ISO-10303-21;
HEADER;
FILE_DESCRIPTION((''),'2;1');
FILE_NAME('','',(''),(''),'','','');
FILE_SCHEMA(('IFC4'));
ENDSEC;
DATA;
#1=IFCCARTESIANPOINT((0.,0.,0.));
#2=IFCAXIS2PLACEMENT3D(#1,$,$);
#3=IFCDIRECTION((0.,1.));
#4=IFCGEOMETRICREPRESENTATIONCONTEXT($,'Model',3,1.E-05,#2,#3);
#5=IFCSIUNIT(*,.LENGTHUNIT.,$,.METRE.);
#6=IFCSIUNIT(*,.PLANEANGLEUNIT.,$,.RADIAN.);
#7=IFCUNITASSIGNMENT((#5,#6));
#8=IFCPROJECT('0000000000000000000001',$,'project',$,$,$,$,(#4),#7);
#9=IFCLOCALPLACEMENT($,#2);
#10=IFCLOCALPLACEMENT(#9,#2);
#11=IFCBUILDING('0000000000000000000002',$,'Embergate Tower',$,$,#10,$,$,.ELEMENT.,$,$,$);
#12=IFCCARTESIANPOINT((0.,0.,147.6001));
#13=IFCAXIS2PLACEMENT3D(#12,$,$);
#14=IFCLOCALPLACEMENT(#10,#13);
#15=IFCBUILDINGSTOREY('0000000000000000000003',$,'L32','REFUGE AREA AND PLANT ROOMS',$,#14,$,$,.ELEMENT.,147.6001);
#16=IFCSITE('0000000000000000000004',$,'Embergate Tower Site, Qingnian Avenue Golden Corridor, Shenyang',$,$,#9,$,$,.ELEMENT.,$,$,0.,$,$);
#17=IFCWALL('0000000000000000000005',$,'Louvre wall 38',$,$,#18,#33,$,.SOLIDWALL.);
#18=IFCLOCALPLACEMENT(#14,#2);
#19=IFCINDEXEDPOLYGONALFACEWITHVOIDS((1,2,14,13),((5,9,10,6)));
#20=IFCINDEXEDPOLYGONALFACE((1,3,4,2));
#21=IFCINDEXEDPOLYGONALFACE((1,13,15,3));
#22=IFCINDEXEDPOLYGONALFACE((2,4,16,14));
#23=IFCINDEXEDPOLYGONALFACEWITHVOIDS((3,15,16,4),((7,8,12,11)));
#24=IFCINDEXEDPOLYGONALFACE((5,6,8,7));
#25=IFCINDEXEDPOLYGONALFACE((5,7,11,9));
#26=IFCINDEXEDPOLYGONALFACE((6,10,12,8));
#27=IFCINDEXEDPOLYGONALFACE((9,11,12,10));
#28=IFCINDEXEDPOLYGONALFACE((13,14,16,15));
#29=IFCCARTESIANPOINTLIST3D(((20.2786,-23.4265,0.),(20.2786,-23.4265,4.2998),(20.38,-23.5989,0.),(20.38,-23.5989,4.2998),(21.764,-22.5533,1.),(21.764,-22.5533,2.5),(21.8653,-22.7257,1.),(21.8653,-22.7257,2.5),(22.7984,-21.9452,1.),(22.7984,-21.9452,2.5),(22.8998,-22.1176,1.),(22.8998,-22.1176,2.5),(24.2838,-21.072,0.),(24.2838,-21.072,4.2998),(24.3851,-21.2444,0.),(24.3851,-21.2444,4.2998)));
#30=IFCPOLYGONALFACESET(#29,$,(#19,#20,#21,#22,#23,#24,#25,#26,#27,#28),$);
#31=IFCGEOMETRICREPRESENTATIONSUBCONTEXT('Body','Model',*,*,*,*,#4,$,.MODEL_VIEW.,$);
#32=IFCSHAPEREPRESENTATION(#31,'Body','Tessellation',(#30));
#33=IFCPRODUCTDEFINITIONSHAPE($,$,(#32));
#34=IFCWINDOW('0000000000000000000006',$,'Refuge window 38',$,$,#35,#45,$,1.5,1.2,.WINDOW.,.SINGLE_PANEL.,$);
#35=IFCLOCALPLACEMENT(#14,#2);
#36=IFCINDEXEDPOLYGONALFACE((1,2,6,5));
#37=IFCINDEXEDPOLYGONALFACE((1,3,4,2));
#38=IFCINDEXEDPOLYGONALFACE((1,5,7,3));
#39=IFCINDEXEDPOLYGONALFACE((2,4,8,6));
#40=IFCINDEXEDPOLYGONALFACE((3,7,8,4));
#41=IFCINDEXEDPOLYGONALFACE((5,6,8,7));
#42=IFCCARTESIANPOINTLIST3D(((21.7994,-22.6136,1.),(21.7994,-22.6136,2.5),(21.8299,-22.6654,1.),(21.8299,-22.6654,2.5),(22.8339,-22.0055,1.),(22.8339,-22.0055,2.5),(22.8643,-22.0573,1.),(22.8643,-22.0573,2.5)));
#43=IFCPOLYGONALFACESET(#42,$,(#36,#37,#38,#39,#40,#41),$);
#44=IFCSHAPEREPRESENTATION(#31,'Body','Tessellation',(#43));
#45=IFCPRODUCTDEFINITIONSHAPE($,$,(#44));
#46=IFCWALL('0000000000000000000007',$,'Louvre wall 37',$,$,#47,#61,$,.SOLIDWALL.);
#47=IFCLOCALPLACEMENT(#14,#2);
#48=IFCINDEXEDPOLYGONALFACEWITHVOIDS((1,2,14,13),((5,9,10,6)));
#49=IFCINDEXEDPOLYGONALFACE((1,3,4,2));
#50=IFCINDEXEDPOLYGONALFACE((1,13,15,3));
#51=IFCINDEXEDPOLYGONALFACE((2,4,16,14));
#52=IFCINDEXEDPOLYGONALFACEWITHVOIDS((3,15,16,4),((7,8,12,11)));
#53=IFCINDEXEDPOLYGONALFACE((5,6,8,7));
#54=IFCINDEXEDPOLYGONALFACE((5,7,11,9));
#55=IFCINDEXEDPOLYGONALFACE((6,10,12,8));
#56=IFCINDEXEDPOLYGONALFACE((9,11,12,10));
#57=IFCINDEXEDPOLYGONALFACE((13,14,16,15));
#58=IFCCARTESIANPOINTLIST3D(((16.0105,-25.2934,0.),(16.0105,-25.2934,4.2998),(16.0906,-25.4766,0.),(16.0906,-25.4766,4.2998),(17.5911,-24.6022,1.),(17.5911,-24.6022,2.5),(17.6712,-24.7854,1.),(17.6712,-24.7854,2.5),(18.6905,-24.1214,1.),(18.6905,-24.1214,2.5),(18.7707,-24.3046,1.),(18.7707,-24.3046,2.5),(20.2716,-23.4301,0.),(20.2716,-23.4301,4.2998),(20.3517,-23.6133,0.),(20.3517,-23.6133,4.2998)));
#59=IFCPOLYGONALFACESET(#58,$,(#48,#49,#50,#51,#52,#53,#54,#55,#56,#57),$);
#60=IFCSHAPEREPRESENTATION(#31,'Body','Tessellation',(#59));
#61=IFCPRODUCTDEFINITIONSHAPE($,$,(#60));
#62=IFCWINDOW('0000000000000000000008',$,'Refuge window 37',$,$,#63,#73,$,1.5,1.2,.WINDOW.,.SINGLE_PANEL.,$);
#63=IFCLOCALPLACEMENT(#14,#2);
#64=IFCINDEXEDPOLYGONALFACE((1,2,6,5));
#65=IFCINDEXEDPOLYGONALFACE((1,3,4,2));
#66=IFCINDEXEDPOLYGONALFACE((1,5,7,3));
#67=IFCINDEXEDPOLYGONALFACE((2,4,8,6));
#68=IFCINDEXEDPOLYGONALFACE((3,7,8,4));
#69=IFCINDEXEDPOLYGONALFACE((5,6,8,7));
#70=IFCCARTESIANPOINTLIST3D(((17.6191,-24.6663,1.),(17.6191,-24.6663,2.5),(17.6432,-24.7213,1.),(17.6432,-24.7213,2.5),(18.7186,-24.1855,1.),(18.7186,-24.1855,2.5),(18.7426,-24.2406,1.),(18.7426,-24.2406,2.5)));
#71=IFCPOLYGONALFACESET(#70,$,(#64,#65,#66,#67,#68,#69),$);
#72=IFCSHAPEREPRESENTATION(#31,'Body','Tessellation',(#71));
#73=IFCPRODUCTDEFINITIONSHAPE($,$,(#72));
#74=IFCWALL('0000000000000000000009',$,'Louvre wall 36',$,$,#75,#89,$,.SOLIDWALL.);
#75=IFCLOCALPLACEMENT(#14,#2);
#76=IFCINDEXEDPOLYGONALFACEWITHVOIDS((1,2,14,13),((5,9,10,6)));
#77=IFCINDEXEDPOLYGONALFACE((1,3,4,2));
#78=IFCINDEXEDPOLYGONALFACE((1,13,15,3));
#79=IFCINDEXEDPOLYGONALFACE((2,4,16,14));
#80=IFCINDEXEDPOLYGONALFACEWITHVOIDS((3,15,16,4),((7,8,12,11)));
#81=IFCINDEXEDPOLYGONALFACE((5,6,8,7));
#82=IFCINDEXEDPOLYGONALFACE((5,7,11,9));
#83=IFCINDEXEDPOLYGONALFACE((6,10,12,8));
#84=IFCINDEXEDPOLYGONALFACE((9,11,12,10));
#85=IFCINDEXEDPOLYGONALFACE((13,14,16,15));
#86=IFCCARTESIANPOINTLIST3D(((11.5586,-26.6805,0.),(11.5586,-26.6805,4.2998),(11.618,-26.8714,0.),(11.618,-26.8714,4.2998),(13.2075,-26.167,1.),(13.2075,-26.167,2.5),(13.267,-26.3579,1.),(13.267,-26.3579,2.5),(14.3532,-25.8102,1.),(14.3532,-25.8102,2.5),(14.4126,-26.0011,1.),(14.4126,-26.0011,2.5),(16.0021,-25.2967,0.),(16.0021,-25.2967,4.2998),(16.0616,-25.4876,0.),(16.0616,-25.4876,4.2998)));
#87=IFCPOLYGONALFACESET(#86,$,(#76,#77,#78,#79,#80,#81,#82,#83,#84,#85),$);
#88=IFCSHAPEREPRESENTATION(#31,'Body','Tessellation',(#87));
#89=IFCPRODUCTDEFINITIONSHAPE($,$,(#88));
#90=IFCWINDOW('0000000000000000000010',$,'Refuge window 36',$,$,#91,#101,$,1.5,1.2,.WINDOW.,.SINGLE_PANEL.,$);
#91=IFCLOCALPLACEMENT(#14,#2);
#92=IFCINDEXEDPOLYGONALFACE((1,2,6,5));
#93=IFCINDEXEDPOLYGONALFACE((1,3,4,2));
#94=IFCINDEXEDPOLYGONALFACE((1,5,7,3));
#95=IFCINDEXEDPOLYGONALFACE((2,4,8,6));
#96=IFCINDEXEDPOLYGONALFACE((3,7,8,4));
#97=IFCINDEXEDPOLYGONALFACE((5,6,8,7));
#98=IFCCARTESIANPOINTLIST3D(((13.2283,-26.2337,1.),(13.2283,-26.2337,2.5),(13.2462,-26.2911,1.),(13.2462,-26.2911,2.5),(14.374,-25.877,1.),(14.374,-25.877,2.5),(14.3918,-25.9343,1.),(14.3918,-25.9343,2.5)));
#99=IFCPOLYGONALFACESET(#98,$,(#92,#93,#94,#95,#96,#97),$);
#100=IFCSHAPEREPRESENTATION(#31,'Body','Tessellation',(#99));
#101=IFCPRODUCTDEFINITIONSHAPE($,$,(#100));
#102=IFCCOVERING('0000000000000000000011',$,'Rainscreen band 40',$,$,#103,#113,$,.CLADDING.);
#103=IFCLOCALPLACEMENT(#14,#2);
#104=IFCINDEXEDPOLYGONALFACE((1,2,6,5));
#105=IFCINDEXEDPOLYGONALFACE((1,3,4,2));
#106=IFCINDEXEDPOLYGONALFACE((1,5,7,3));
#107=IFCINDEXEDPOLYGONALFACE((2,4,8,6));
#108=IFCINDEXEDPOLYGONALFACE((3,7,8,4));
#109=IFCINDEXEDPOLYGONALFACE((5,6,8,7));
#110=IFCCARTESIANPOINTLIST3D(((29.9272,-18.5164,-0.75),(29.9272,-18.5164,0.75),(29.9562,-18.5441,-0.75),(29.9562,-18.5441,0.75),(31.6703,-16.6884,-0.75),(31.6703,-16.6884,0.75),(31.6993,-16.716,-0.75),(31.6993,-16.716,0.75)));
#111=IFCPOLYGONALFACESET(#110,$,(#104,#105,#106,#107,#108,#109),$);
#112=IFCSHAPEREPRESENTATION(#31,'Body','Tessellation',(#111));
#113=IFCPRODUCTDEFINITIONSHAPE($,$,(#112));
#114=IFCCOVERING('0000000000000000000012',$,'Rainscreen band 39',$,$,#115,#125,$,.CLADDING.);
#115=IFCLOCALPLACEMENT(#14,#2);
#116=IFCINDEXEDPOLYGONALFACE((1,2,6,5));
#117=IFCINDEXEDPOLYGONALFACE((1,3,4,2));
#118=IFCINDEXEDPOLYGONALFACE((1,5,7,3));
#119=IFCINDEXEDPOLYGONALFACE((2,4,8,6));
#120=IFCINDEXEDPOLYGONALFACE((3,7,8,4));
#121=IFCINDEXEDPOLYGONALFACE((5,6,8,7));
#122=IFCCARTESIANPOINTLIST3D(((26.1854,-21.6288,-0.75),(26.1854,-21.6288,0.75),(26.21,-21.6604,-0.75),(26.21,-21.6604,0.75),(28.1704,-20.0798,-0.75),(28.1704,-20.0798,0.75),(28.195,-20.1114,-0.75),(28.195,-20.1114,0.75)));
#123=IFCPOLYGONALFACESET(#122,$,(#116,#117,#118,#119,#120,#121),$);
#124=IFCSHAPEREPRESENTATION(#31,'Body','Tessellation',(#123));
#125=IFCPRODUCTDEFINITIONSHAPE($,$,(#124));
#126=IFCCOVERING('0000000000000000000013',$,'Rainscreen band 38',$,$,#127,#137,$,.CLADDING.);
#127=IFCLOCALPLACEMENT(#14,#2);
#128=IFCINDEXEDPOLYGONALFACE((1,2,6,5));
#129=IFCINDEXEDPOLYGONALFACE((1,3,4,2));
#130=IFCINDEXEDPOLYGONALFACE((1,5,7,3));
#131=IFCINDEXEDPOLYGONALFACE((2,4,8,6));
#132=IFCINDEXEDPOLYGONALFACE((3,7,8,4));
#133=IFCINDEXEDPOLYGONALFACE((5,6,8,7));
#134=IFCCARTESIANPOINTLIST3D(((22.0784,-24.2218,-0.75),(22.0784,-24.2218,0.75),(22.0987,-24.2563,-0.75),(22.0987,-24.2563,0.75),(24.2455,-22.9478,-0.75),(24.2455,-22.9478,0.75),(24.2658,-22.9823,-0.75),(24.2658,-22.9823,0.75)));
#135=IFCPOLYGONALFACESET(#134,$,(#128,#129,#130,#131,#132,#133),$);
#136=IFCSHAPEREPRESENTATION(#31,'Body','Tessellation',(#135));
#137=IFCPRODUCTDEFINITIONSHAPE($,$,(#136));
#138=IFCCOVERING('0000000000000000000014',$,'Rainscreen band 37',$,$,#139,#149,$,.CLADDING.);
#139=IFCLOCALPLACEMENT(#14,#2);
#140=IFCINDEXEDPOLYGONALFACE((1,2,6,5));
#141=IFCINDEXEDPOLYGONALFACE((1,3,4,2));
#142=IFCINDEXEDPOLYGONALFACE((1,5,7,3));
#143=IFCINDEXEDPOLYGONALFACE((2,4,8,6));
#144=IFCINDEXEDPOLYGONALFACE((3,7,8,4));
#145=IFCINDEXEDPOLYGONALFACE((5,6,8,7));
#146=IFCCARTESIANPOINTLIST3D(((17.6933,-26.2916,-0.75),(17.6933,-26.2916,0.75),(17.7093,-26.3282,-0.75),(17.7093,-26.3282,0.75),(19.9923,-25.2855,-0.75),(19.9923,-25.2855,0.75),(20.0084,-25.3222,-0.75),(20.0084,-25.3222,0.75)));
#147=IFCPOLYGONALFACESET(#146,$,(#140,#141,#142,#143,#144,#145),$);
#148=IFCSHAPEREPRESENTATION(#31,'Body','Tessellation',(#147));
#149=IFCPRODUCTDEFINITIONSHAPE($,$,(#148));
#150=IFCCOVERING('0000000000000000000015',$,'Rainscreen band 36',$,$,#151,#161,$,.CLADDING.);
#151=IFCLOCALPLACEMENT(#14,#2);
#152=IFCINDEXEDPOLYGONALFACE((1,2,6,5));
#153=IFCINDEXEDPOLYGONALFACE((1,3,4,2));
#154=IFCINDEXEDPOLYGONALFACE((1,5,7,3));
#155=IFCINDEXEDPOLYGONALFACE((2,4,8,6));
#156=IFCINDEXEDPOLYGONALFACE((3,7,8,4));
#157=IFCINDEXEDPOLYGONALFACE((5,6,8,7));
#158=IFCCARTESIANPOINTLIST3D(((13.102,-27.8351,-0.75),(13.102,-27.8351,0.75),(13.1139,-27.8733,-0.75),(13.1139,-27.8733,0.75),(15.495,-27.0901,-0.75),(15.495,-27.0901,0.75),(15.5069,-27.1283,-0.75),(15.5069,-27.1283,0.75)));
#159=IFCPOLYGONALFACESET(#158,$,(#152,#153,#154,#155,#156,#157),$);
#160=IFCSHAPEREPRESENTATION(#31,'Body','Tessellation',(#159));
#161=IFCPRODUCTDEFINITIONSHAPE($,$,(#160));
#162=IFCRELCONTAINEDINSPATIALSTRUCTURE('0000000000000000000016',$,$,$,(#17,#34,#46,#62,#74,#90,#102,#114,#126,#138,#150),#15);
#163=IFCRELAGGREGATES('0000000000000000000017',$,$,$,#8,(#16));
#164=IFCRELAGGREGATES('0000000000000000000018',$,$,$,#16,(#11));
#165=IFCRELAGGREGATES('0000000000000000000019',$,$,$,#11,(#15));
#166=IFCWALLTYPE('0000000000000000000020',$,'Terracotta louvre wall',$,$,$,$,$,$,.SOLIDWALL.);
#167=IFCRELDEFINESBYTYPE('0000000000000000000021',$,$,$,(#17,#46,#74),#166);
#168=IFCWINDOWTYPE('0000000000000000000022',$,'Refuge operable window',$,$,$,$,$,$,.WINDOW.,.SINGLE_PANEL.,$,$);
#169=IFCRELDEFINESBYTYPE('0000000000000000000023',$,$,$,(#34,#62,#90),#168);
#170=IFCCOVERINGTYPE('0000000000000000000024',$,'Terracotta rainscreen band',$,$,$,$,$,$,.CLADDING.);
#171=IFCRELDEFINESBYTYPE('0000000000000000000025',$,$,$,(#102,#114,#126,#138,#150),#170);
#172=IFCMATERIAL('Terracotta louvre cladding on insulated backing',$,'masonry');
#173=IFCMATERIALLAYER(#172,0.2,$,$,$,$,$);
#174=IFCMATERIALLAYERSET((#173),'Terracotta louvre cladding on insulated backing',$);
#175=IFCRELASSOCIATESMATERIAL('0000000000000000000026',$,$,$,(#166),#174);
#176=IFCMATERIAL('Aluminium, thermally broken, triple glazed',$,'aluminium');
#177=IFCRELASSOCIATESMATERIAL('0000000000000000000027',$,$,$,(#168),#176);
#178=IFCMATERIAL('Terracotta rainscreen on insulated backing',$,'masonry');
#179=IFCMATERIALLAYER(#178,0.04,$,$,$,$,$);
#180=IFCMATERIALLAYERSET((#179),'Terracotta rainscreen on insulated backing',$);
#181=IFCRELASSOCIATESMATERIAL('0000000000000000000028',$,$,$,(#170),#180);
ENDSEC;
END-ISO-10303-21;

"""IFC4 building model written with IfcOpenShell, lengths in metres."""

from ifc_helpers import new_model, si_unit, direction, frame, frame_2d, origin, origin_2d, place, context, subcontext, project, spatial, rectangle, extrude, source, transform, mapped, material, layer, layer_set, type_object, element, fill, save


model = new_model("IFC4")

# Units and contexts
model_context = context("Model", 3, precision=1e-05, world=origin(), true_north=direction((0.0, 1.0)))
body_context = subcontext(model_context, "Body", "Model", "MODEL_VIEW")
ifc_project = project(units=[si_unit("LENGTHUNIT", "METRE"), si_unit("PLANEANGLEUNIT", "RADIAN")], contexts=[model_context])

# Site, building, storey
site_placement = place(None, origin())
site = spatial("IfcSite", under=ifc_project, at=site_placement, Name="Embergate Tower Site, Qingnian Avenue Golden Corridor, Shenyang", CompositionType="ELEMENT", RefElevation=0.0)
building_placement = place(site_placement, origin())
building = spatial("IfcBuilding", under=site, at=building_placement, Name="Embergate Tower", CompositionType="ELEMENT")
storey_placement = place(building_placement, frame((0.0, 0.0, 147.6001)))
storey = spatial("IfcBuildingStorey", under=building, at=storey_placement, Name="L32", Description="REFUGE AREA AND PLANT ROOMS", CompositionType="ELEMENT", Elevation=147.6001)

# Walls, openings, windows
ifc_material_1 = material(Name="Terracotta louvre cladding on insulated backing", Category="masonry")
ifc_layer_1 = layer(ifc_material_1, 0.2)
ifc_layer_set_1 = layer_set([ifc_layer_1], Name="Terracotta louvre cladding on insulated backing")
wall_type = type_object("IfcWallType", Name="Terracotta louvre wall", PredefinedType="SOLIDWALL", material=ifc_layer_set_1)
shared_shape_1 = source(origin(), body_context, "Body", "SweptSolid", [
    extrude(rectangle(XDim=1.2, YDim=1.5, at=frame_2d((0.6001, 0.75))), frame((0.0, 0.1099, 0.0), z_axis=(0.0, -1.0, 0.0), x_axis=(1.0, 0.0, 0.0)), (0.0, 0.0, 1.0), 0.22),
])
ifc_material_2 = material(Name="Aluminium, thermally broken, triple glazed", Category="aluminium")
window_type = type_object("IfcWindowType", Name="Refuge operable window", PartitioningType="SINGLE_PANEL", PredefinedType="WINDOW", material=ifc_material_2)
shared_shape_2 = source(origin(), body_context, "Body", "SweptSolid", [
    extrude(rectangle(XDim=1.2, YDim=1.5, at=frame_2d((0.6001, 0.75))), frame((0.0, 0.03, 0.0), z_axis=(0.0, -1.0, 0.0), x_axis=(1.0, 0.0, 0.0)), (0.0, 0.0, 1.0), 0.0601),
])
shared_shape_3 = source(origin(), body_context, "Body", "SweptSolid", [
    extrude(rectangle(XDim=4.646, YDim=0.2, at=frame_2d((2.323, 0.0))), origin(), (0.0, 0.0, 1.0), 4.2998),
])
wall_1_placement = place(storey_placement, frame((24.3345, -21.1582, 0.0), z_axis=(0.0, 0.0, 1.0), x_axis=(-0.862072, -0.506786, 0.0)))
wall_1 = element("IfcWall", 1, at=wall_1_placement, inside=storey, type_object=wall_type, Name="Louvre wall 38", PredefinedType="SOLIDWALL", context=body_context, shape_type="MappedRepresentation", body=[
    mapped(shared_shape_3, transform((0.0, 0.0, 0.0))),
])
opening_1_placement = place(wall_1_placement, frame((1.7229, 0.0, 1.0)))
opening_1 = element("IfcOpeningElement", 2, at=opening_1_placement, cuts=wall_1, PredefinedType="OPENING", context=body_context, shape_type="MappedRepresentation", body=[
    mapped(shared_shape_1, transform((0.0, 0.0, 0.0))),
])
window_1_placement = place(opening_1_placement, origin())
window_1 = element("IfcWindow", 3, at=window_1_placement, inside=storey, type_object=window_type, Name="Refuge window 38", OverallHeight=1.5, OverallWidth=1.2, PartitioningType="SINGLE_PANEL", PredefinedType="WINDOW", context=body_context, shape_type="MappedRepresentation", body=[
    mapped(shared_shape_2, transform((0.0, 0.0, 0.0))),
])
fill(opening_1, window_1)
shared_shape_4 = source(origin(), body_context, "Body", "SweptSolid", [
    extrude(rectangle(XDim=4.6506, YDim=0.2, at=frame_2d((2.3252, 0.0))), origin(), (0.0, 0.0, 1.0), 4.2998),
])
wall_2_placement = place(storey_placement, frame((20.3115, -23.5217, 0.0), z_axis=(0.0, 0.0, 1.0), x_axis=(-0.916228, -0.400656, 0.0)))
wall_2 = element("IfcWall", 4, at=wall_2_placement, inside=storey, type_object=wall_type, Name="Louvre wall 37", PredefinedType="SOLIDWALL", context=body_context, shape_type="MappedRepresentation", body=[
    mapped(shared_shape_4, transform((0.0, 0.0, 0.0))),
])
opening_2_placement = place(wall_2_placement, frame((1.7253, 0.0, 1.0)))
opening_2 = element("IfcOpeningElement", 5, at=opening_2_placement, cuts=wall_2, PredefinedType="OPENING", context=body_context, shape_type="MappedRepresentation", body=[
    mapped(shared_shape_1, transform((0.0, 0.0, 0.0))),
])
window_2_placement = place(opening_2_placement, origin())
window_2 = element("IfcWindow", 6, at=window_2_placement, inside=storey, type_object=window_type, Name="Refuge window 37", OverallHeight=1.5, OverallWidth=1.2, PartitioningType="SINGLE_PANEL", PredefinedType="WINDOW", context=body_context, shape_type="MappedRepresentation", body=[
    mapped(shared_shape_2, transform((0.0, 0.0, 0.0))),
])
fill(opening_2, window_2)
shared_shape_5 = source(origin(), body_context, "Body", "SweptSolid", [
    extrude(rectangle(XDim=4.6541, YDim=0.2, at=frame_2d((2.3271, 0.0))), origin(), (0.0, 0.0, 1.0), 4.2998),
])
wall_3_placement = place(storey_placement, frame((16.032, -25.3921, 0.0), z_axis=(0.0, 0.0, 1.0), x_axis=(-0.954775, -0.297328, 0.0)))
wall_3 = element("IfcWall", 7, at=wall_3_placement, inside=storey, type_object=wall_type, Name="Louvre wall 36", PredefinedType="SOLIDWALL", context=body_context, shape_type="MappedRepresentation", body=[
    mapped(shared_shape_5, transform((0.0, 0.0, 0.0))),
])
opening_3_placement = place(wall_3_placement, frame((1.7271, 0.0, 1.0)))
opening_3 = element("IfcOpeningElement", 8, at=opening_3_placement, cuts=wall_3, PredefinedType="OPENING", context=body_context, shape_type="MappedRepresentation", body=[
    mapped(shared_shape_1, transform((0.0, 0.0, 0.0))),
])
window_3_placement = place(opening_3_placement, origin())
window_3 = element("IfcWindow", 9, at=window_3_placement, inside=storey, type_object=window_type, Name="Refuge window 36", OverallHeight=1.5, OverallWidth=1.2, PartitioningType="SINGLE_PANEL", PredefinedType="WINDOW", context=body_context, shape_type="MappedRepresentation", body=[
    mapped(shared_shape_2, transform((0.0, 0.0, 0.0))),
])
fill(opening_3, window_3)

# Coverings
ifc_material_3 = material(Name="Terracotta rainscreen on insulated backing", Category="masonry")
ifc_layer_2 = layer(ifc_material_3, 0.04)
ifc_layer_set_2 = layer_set([ifc_layer_2], Name="Terracotta rainscreen on insulated backing")
covering_type = type_object("IfcCoveringType", Name="Terracotta rainscreen band", PredefinedType="CLADDING", material=ifc_layer_set_2)
shared_shape_6 = source(origin(), body_context, "Body", "SweptSolid", [
    extrude(rectangle(XDim=2.5259, YDim=0.04, at=origin_2d()), origin(), (0.0, 0.0, 1.0), 1.5),
])
covering_1_placement = place(storey_placement, frame((30.8132, -17.6162, -0.75), z_axis=(0.0, 0.0, 1.0), x_axis=(0.690081, 0.723732, 0.0)))
element("IfcCovering", 10, at=covering_1_placement, inside=storey, type_object=covering_type, Name="Rainscreen band 40", PredefinedType="CLADDING", context=body_context, shape_type="MappedRepresentation", body=[
    mapped(shared_shape_6, transform((0.0, 0.0, 0.0))),
])
shared_shape_7 = source(origin(), body_context, "Body", "SweptSolid", [
    extrude(rectangle(XDim=2.5178, YDim=0.04, at=origin_2d()), origin(), (0.0, 0.0, 1.0), 1.5),
])
covering_2_placement = place(storey_placement, frame((27.1902, -20.8701, -0.75), z_axis=(0.0, 0.0, 1.0), x_axis=(0.788367, 0.615205, 0.0)))
element("IfcCovering", 11, at=covering_2_placement, inside=storey, type_object=covering_type, Name="Rainscreen band 39", PredefinedType="CLADDING", context=body_context, shape_type="MappedRepresentation", body=[
    mapped(shared_shape_7, transform((0.0, 0.0, 0.0))),
])
shared_shape_8 = source(origin(), body_context, "Body", "SweptSolid", [
    extrude(rectangle(XDim=2.5139, YDim=0.04, at=origin_2d()), origin(), (0.0, 0.0, 1.0), 1.5),
])
covering_3_placement = place(storey_placement, frame((23.1721, -23.6021, -0.75), z_axis=(0.0, 0.0, 1.0), x_axis=(0.862057, 0.506812, 0.0)))
element("IfcCovering", 12, at=covering_3_placement, inside=storey, type_object=covering_type, Name="Rainscreen band 38", PredefinedType="CLADDING", context=body_context, shape_type="MappedRepresentation", body=[
    mapped(shared_shape_8, transform((0.0, 0.0, 0.0))),
])
shared_shape_9 = source(origin(), body_context, "Body", "SweptSolid", [
    extrude(rectangle(XDim=2.5095, YDim=0.04, at=origin_2d()), origin(), (0.0, 0.0, 1.0), 1.5),
])
covering_4_placement = place(storey_placement, frame((18.8508, -25.8069, -0.75), z_axis=(0.0, 0.0, 1.0), x_axis=(0.91613, 0.400882, 0.0)))
element("IfcCovering", 13, at=covering_4_placement, inside=storey, type_object=covering_type, Name="Rainscreen band 37", PredefinedType="CLADDING", context=body_context, shape_type="MappedRepresentation", body=[
    mapped(shared_shape_9, transform((0.0, 0.0, 0.0))),
])
shared_shape_10 = source(origin(), body_context, "Body", "SweptSolid", [
    extrude(rectangle(XDim=2.5063, YDim=0.04, at=origin_2d()), origin(), (0.0, 0.0, 1.0), 1.5),
])
covering_5_placement = place(storey_placement, frame((14.3044, -27.4817, -0.75), z_axis=(0.0, 0.0, 1.0), x_axis=(0.954799, 0.297253, 0.0)))
element("IfcCovering", 14, at=covering_5_placement, inside=storey, type_object=covering_type, Name="Rainscreen band 36", PredefinedType="CLADDING", context=body_context, shape_type="MappedRepresentation", body=[
    mapped(shared_shape_10, transform((0.0, 0.0, 0.0))),
])

save(model, "model.ifc")
